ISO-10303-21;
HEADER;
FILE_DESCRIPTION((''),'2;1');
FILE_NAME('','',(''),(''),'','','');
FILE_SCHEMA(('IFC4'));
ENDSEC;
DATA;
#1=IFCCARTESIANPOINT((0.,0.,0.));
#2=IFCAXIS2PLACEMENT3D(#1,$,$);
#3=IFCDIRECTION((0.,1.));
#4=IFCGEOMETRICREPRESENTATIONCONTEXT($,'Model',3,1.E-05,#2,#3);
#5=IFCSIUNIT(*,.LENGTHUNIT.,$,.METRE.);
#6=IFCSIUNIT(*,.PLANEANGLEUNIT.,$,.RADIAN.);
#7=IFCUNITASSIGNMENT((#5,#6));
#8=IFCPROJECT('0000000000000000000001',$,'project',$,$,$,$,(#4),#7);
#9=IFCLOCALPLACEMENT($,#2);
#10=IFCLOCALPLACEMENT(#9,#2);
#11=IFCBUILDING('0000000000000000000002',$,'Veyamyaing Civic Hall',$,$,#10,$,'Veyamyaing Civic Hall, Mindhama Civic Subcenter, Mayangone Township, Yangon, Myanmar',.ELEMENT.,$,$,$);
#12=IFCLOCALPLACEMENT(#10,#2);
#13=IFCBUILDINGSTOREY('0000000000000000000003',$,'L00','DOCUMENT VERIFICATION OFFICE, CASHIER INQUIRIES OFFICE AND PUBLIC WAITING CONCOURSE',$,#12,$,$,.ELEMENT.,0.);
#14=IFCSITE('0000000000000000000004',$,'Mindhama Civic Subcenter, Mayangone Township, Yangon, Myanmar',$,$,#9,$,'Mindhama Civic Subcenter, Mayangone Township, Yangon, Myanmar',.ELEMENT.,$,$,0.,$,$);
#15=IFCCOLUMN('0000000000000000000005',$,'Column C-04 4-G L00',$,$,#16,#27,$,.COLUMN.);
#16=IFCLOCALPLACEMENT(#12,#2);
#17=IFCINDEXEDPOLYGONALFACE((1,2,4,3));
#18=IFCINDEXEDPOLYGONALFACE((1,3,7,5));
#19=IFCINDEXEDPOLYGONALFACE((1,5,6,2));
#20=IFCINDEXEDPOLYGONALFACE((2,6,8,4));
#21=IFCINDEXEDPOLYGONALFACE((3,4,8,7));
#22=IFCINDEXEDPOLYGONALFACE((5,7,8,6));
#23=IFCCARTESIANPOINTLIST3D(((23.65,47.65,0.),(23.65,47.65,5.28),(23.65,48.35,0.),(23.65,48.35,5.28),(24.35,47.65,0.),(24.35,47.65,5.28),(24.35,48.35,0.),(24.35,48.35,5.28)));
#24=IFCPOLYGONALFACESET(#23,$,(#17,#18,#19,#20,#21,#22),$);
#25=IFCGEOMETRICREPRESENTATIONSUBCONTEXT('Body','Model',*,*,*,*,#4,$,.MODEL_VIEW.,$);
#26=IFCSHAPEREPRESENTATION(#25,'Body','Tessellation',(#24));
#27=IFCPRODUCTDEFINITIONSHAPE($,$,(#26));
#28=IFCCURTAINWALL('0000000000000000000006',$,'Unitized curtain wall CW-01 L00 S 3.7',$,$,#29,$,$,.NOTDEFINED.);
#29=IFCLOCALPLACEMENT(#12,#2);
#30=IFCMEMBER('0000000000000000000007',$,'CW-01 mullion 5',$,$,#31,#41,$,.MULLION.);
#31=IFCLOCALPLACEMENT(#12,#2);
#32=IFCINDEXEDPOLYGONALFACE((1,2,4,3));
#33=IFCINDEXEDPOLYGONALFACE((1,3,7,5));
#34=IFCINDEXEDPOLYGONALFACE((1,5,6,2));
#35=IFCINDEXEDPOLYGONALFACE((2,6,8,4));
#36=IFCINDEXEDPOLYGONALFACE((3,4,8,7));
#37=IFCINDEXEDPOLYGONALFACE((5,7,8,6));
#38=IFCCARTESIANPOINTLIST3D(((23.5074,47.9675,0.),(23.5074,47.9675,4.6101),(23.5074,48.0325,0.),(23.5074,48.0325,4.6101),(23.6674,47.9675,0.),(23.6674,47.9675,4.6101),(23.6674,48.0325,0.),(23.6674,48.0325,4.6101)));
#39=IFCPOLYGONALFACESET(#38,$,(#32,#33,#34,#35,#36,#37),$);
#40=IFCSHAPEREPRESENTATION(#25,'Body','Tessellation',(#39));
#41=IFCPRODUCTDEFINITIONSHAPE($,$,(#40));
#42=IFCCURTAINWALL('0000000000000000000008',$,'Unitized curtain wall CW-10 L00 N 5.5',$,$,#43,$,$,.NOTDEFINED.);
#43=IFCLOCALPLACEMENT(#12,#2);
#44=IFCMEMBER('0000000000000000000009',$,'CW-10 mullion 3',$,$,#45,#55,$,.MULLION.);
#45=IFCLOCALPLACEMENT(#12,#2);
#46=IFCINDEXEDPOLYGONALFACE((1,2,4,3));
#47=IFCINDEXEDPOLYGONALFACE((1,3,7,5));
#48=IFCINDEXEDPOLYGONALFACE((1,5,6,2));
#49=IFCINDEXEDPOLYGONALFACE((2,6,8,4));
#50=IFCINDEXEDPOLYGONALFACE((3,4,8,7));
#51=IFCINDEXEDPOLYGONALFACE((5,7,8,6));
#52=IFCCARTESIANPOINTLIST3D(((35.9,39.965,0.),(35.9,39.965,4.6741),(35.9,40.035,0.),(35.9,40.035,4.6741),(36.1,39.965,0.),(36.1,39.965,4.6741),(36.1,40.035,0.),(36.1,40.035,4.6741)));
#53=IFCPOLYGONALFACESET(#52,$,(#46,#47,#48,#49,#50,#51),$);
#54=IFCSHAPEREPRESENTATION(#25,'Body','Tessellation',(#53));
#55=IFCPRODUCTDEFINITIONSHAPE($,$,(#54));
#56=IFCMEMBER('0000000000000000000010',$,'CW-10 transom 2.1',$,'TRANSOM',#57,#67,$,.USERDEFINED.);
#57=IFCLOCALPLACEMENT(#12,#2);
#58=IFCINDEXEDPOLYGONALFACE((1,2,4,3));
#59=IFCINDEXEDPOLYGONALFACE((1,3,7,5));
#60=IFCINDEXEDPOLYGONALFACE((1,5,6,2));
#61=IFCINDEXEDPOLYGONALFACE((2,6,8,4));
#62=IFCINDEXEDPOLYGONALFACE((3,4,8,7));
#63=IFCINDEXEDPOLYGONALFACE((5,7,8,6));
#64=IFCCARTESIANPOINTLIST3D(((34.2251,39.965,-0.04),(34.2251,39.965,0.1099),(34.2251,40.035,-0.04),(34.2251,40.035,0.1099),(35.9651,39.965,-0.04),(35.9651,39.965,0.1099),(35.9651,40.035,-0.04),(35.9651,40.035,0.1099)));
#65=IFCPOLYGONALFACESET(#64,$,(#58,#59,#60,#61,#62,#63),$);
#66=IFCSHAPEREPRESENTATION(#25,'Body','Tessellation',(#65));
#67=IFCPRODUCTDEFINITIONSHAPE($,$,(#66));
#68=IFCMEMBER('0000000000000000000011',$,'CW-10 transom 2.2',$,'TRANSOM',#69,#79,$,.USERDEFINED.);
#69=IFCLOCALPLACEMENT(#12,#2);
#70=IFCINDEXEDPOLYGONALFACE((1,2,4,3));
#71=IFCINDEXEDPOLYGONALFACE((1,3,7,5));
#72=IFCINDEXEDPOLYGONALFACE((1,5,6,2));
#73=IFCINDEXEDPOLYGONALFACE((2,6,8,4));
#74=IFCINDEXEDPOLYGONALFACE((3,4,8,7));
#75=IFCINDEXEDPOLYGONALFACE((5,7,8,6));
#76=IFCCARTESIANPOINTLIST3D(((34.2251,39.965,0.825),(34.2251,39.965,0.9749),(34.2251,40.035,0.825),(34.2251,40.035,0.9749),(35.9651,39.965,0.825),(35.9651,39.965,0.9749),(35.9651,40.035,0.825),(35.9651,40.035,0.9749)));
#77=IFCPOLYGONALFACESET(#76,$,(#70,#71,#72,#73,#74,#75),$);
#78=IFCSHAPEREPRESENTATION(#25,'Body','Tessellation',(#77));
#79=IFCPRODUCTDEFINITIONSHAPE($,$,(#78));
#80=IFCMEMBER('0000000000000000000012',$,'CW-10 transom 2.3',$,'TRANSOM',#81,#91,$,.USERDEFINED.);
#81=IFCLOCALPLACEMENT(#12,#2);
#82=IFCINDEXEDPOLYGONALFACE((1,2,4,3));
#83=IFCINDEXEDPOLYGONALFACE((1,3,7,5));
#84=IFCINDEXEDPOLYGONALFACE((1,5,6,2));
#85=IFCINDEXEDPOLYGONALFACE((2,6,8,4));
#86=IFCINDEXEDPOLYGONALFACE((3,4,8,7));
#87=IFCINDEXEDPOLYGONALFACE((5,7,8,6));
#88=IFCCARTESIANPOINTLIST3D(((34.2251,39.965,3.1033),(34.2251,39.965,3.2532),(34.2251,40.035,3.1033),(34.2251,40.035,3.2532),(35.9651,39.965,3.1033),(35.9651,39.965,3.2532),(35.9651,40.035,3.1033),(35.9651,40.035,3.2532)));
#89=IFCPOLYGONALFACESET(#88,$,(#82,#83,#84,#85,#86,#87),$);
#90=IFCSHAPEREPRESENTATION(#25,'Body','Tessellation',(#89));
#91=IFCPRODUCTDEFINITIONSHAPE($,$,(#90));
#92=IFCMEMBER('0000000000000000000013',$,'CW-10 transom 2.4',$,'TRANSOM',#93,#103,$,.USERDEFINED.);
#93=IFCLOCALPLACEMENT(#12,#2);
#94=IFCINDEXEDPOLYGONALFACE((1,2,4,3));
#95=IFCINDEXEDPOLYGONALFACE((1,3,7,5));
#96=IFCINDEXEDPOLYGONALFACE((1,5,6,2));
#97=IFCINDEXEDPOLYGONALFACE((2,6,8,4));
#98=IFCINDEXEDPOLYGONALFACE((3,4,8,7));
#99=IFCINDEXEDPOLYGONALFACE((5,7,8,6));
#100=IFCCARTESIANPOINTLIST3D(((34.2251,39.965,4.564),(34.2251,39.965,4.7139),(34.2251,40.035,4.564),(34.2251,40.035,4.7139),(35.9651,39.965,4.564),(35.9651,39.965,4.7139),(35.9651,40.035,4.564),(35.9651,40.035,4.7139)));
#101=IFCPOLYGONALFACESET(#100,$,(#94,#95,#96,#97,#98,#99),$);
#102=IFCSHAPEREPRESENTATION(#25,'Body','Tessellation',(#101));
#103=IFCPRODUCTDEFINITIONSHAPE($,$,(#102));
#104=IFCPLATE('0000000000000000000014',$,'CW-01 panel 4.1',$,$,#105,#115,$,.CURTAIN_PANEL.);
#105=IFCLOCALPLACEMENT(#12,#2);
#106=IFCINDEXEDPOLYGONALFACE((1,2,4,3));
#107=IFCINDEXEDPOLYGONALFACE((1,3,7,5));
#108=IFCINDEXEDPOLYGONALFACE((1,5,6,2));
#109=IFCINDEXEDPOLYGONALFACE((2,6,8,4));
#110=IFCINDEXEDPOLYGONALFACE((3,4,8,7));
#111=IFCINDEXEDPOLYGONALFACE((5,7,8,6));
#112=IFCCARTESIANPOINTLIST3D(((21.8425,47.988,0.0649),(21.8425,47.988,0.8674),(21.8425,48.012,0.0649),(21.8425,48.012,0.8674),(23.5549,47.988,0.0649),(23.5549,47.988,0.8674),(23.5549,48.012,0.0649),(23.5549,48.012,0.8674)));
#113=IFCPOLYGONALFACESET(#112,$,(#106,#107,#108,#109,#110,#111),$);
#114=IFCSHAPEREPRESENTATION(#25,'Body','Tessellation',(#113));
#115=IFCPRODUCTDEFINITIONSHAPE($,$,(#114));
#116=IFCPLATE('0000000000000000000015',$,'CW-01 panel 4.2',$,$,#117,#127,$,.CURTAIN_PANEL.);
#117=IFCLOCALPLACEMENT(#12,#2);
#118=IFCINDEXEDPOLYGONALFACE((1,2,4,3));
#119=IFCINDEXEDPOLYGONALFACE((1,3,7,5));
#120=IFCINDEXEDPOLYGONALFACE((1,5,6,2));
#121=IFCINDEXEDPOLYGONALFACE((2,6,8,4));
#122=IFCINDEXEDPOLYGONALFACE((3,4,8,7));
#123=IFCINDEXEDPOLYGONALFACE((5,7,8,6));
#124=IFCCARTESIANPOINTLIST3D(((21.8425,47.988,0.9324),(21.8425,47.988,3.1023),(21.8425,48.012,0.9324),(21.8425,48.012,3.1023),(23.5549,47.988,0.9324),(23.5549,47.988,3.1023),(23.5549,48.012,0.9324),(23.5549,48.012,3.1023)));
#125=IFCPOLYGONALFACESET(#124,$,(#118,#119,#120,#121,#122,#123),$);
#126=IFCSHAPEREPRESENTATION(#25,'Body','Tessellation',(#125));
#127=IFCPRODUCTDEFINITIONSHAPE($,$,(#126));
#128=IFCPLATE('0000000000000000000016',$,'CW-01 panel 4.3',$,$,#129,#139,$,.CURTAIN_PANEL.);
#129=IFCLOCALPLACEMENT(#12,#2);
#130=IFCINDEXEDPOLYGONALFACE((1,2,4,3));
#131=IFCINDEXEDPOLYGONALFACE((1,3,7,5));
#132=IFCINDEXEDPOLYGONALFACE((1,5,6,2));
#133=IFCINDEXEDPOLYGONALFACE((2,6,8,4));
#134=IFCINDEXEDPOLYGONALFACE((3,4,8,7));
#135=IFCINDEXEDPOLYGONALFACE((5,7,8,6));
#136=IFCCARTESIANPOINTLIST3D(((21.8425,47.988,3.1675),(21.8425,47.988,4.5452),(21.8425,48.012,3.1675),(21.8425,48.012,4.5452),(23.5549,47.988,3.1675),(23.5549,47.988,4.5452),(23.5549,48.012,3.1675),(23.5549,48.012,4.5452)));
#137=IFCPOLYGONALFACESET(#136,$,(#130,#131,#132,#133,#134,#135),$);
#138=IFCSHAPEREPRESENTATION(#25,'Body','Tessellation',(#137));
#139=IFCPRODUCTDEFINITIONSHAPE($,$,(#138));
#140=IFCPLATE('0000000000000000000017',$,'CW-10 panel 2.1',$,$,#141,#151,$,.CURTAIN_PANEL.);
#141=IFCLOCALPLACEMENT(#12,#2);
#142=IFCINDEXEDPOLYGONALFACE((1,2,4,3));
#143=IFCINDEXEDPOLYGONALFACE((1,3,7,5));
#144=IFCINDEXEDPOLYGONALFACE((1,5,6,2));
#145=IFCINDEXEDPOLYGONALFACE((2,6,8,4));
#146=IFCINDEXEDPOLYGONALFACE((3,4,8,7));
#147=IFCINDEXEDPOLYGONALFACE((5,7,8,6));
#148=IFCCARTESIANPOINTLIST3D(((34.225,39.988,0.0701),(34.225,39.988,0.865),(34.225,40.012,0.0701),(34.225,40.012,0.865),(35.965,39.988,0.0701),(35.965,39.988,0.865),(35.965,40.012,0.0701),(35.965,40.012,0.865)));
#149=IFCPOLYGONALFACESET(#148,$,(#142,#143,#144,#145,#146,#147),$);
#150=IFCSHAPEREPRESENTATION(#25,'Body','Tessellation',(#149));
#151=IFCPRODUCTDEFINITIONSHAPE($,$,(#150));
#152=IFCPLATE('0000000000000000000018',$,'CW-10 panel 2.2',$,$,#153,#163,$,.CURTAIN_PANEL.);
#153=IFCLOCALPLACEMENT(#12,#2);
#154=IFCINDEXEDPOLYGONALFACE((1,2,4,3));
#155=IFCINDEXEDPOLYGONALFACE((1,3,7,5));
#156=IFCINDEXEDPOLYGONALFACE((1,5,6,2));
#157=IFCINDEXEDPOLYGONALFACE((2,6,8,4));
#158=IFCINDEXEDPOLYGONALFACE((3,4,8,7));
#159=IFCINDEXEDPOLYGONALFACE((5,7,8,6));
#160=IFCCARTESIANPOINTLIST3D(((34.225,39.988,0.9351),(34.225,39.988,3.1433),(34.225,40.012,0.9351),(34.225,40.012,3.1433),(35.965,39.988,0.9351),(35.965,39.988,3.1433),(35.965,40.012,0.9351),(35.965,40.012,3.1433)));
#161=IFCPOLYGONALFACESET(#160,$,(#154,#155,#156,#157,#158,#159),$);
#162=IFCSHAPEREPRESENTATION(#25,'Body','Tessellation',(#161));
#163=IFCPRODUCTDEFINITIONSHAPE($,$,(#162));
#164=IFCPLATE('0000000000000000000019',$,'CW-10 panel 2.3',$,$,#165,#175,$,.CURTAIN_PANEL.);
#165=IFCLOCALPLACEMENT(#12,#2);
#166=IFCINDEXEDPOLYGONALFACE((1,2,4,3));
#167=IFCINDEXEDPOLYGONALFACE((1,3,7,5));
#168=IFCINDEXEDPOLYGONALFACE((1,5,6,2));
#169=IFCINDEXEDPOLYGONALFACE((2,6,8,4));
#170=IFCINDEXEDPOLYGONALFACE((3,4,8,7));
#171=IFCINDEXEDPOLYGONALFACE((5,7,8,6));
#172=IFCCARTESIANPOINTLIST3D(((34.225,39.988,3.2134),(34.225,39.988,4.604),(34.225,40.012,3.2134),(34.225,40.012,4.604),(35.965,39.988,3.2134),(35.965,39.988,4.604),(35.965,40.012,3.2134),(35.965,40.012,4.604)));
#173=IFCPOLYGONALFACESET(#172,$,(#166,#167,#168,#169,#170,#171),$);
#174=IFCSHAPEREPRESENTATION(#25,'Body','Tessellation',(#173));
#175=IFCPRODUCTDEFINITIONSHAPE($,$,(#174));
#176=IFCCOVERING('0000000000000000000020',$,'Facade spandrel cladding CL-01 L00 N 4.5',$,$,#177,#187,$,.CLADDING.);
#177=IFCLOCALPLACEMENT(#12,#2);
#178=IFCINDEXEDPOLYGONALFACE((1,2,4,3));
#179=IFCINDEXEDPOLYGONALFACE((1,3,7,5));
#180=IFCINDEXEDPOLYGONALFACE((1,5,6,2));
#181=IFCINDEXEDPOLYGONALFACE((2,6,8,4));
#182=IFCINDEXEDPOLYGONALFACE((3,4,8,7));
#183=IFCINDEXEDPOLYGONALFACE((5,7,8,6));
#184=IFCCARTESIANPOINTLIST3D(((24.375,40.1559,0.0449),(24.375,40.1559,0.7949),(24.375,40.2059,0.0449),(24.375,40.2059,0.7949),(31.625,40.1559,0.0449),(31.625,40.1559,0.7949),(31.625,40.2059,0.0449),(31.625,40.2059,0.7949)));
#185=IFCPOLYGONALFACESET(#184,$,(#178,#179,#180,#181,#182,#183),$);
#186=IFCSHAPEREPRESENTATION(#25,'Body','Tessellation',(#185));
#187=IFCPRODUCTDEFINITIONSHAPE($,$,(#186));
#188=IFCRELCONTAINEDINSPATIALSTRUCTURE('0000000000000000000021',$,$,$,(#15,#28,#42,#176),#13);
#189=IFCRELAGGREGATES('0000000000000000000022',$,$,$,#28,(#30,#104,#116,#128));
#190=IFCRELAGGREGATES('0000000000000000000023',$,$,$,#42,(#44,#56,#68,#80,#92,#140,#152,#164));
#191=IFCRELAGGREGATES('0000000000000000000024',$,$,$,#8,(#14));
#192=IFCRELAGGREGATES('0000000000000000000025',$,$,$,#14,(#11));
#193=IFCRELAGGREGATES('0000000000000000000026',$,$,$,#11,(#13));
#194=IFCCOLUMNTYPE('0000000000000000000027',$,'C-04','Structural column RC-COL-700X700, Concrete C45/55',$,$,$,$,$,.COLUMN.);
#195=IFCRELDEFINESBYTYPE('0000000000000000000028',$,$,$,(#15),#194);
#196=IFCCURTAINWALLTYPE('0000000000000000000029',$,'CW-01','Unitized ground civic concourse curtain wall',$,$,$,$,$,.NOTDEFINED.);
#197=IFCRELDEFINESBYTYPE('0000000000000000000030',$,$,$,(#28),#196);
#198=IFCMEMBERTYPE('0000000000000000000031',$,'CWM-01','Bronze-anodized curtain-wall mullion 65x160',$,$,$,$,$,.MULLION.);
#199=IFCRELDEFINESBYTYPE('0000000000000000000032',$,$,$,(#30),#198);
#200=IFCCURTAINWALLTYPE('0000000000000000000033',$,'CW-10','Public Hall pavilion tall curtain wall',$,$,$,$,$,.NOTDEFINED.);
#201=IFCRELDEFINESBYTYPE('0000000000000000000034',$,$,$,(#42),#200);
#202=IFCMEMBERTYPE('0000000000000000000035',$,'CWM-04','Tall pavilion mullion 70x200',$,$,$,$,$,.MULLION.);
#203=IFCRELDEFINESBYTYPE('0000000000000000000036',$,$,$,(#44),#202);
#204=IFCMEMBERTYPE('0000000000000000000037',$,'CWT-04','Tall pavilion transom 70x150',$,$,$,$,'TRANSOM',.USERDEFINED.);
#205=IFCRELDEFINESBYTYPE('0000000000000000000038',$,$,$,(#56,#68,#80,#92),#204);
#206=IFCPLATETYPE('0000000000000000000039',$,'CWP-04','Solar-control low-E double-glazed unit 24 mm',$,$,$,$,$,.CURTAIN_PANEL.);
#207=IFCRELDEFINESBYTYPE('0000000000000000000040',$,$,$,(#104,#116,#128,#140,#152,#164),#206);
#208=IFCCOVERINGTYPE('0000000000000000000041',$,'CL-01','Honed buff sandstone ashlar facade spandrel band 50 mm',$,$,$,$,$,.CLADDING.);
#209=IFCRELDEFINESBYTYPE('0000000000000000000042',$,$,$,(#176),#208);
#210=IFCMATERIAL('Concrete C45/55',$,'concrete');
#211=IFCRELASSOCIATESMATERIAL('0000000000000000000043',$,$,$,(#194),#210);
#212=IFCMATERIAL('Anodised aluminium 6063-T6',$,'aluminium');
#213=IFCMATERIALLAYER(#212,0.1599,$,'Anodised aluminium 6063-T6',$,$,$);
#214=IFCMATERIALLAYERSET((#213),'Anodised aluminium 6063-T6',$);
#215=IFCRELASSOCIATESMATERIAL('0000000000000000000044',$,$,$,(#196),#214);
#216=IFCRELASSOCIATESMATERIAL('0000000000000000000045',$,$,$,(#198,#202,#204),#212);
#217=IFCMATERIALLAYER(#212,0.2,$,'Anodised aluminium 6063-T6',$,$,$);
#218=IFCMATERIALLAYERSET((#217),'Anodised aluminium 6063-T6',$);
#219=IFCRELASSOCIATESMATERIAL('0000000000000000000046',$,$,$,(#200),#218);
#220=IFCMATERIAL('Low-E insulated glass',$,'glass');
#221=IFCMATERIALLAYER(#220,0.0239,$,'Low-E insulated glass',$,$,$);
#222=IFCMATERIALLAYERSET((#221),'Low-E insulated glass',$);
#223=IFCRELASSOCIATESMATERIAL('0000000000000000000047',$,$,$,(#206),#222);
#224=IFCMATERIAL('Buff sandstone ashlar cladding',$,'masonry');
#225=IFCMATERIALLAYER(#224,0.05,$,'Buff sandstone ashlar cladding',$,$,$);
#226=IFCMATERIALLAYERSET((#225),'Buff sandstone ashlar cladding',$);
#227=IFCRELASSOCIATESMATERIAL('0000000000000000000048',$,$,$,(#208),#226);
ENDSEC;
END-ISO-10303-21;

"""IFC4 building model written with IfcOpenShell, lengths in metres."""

from ifc_helpers import new_model, si_unit, direction, frame, origin, origin_2d, place, context, subcontext, project, spatial, rectangle, extrude, material, layer, layer_set, material_profile, profile_set, type_object, element, aggregate, save


model = new_model("IFC4")

# Units and contexts
model_context = context("Model", 3, precision=1e-05, world=origin(), true_north=direction((0.0, 1.0)))
body_context = subcontext(model_context, "Body", "Model", "MODEL_VIEW")
ifc_project = project(units=[si_unit("LENGTHUNIT", "METRE"), si_unit("PLANEANGLEUNIT", "RADIAN")], contexts=[model_context])

# Site, building, storey
site_placement = place(None, origin())
site = spatial("IfcSite", under=ifc_project, at=site_placement, Name="Mindhama Civic Subcenter, Mayangone Township, Yangon, Myanmar", LongName="Mindhama Civic Subcenter, Mayangone Township, Yangon, Myanmar", CompositionType="ELEMENT", RefElevation=0.0)
building_placement = place(site_placement, origin())
building = spatial("IfcBuilding", under=site, at=building_placement, Name="Veyamyaing Civic Hall", LongName="Veyamyaing Civic Hall, Mindhama Civic Subcenter, Mayangone Township, Yangon, Myanmar", CompositionType="ELEMENT")
storey_placement = place(building_placement, origin())
storey = spatial("IfcBuildingStorey", under=building, at=storey_placement, Name="L00", Description="DOCUMENT VERIFICATION OFFICE, CASHIER INQUIRIES OFFICE AND PUBLIC WAITING CONCOURSE", CompositionType="ELEMENT", Elevation=0.0)

# Column
ifc_material_1 = material(Name="Concrete C45/55", Category="concrete")
ifc_material_profile_1 = material_profile(ifc_material_1, rectangle(XDim=0.7, YDim=0.7, at=origin_2d()), Name="RC-COL-700X700")
ifc_profile_set_1 = profile_set([ifc_material_profile_1], Name="Concrete C45/55")
column_type = type_object("IfcColumnType", Name="C-04", Description="Structural column RC-COL-700X700, Concrete C45/55", PredefinedType="COLUMN", material=ifc_profile_set_1)
column_placement = place(storey_placement, frame((24.0, 48.0, 0.0), z_axis=(0.0, 0.0, 1.0), x_axis=(1.0, 0.0, 0.0)))
element("IfcColumn", 1, at=column_placement, inside=storey, type_object=column_type, Name="Column C-04 4-G L00", PredefinedType="COLUMN", context=body_context, shape_type="SweptSolid", body=[
    extrude(rectangle(XDim=0.7, YDim=0.7, at=origin_2d()), origin(), (0.0, 0.0, 1.0), 5.28),
])

# Curtain wall, member
ifc_material_2 = material(Name="Anodised aluminium 6063-T6", Category="aluminium")
ifc_layer_1 = layer(ifc_material_2, 0.1599, Name="Anodised aluminium 6063-T6")
ifc_layer_set_1 = layer_set([ifc_layer_1], Name="Anodised aluminium 6063-T6")
curtain_wall_type_1 = type_object("IfcCurtainWallType", Name="CW-01", Description="Unitized ground civic concourse curtain wall", PredefinedType="NOTDEFINED", material=ifc_layer_set_1)
curtain_wall_1_placement = place(storey_placement, origin())
curtain_wall_1 = element("IfcCurtainWall", 2, at=curtain_wall_1_placement, inside=storey, type_object=curtain_wall_type_1, Name="Unitized curtain wall CW-01 L00 S 3.7", PredefinedType="NOTDEFINED")
ifc_material_profile_2 = material_profile(ifc_material_2, rectangle(XDim=0.0649, YDim=0.1599, at=origin_2d()), Name="ALU-MUL-65X160")
ifc_profile_set_2 = profile_set([ifc_material_profile_2], Name="Anodised aluminium 6063-T6")
member_type_1 = type_object("IfcMemberType", Name="CWM-01", Description="Bronze-anodized curtain-wall mullion 65x160", PredefinedType="MULLION", material=ifc_profile_set_2)
member_1_placement = place(storey_placement, frame((23.5874, 48.0, 0.0), z_axis=(0.0, 0.0, 1.0), x_axis=(0.0, 1.0, 0.0)))
member_1 = element("IfcMember", 3, at=member_1_placement, type_object=member_type_1, Name="CW-01 mullion 5", PredefinedType="MULLION", context=body_context, shape_type="SweptSolid", body=[
    extrude(rectangle(XDim=0.0649, YDim=0.1599, at=origin_2d()), origin(), (0.0, 0.0, 1.0), 4.6101),
])

# Curtain wall, members
ifc_layer_2 = layer(ifc_material_2, 0.2, Name="Anodised aluminium 6063-T6")
ifc_layer_set_2 = layer_set([ifc_layer_2], Name="Anodised aluminium 6063-T6")
curtain_wall_type_2 = type_object("IfcCurtainWallType", Name="CW-10", Description="Public Hall pavilion tall curtain wall", PredefinedType="NOTDEFINED", material=ifc_layer_set_2)
curtain_wall_2_placement = place(storey_placement, origin())
curtain_wall_2 = element("IfcCurtainWall", 4, at=curtain_wall_2_placement, inside=storey, type_object=curtain_wall_type_2, Name="Unitized curtain wall CW-10 L00 N 5.5", PredefinedType="NOTDEFINED")
ifc_material_profile_3 = material_profile(ifc_material_2, rectangle(XDim=0.0701, YDim=0.2, at=origin_2d()), Name="ALU-MUL-70X200")
ifc_profile_set_3 = profile_set([ifc_material_profile_3], Name="Anodised aluminium 6063-T6")
member_type_2 = type_object("IfcMemberType", Name="CWM-04", Description="Tall pavilion mullion 70x200", PredefinedType="MULLION", material=ifc_profile_set_3)
member_2_placement = place(storey_placement, frame((36.0, 40.0, 0.0), z_axis=(0.0, 0.0, 1.0), x_axis=(0.0, 1.0, 0.0)))
member_2 = element("IfcMember", 5, at=member_2_placement, type_object=member_type_2, Name="CW-10 mullion 3", PredefinedType="MULLION", context=body_context, shape_type="SweptSolid", body=[
    extrude(rectangle(XDim=0.0701, YDim=0.2, at=origin_2d()), origin(), (0.0, 0.0, 1.0), 4.6741),
])
ifc_material_profile_4 = material_profile(ifc_material_2, rectangle(XDim=0.0701, YDim=0.1499, at=origin_2d()), Name="ALU-TRN-70X150")
ifc_profile_set_4 = profile_set([ifc_material_profile_4], Name="Anodised aluminium 6063-T6")
member_type_3 = type_object("IfcMemberType", Name="CWT-04", Description="Tall pavilion transom 70x150", ElementType="TRANSOM", PredefinedType="USERDEFINED", material=ifc_profile_set_4)
member_3_placement = place(storey_placement, frame((34.2251, 40.0, 0.0349), z_axis=(1.0, 0.0, 0.0), x_axis=(0.0, 1.0, 0.0)))
member_3 = element("IfcMember", 6, at=member_3_placement, type_object=member_type_3, Name="CW-10 transom 2.1", ObjectType="TRANSOM", PredefinedType="USERDEFINED", context=body_context, shape_type="SweptSolid", body=[
    extrude(rectangle(XDim=0.0701, YDim=0.1499, at=origin_2d()), origin(), (0.0, 0.0, 1.0), 1.74),
])
member_4_placement = place(storey_placement, frame((34.2251, 40.0, 0.8999), z_axis=(1.0, 0.0, 0.0), x_axis=(0.0, 1.0, 0.0)))
member_4 = element("IfcMember", 7, at=member_4_placement, type_object=member_type_3, Name="CW-10 transom 2.2", ObjectType="TRANSOM", PredefinedType="USERDEFINED", context=body_context, shape_type="SweptSolid", body=[
    extrude(rectangle(XDim=0.0701, YDim=0.1499, at=origin_2d()), origin(), (0.0, 0.0, 1.0), 1.74),
])
member_5_placement = place(storey_placement, frame((34.2251, 40.0, 3.1782), z_axis=(1.0, 0.0, 0.0), x_axis=(0.0, 1.0, 0.0)))
member_5 = element("IfcMember", 8, at=member_5_placement, type_object=member_type_3, Name="CW-10 transom 2.3", ObjectType="TRANSOM", PredefinedType="USERDEFINED", context=body_context, shape_type="SweptSolid", body=[
    extrude(rectangle(XDim=0.0701, YDim=0.1499, at=origin_2d()), origin(), (0.0, 0.0, 1.0), 1.74),
])
member_6_placement = place(storey_placement, frame((34.2251, 40.0, 4.6389), z_axis=(1.0, 0.0, 0.0), x_axis=(0.0, 1.0, 0.0)))
member_6 = element("IfcMember", 9, at=member_6_placement, type_object=member_type_3, Name="CW-10 transom 2.4", ObjectType="TRANSOM", PredefinedType="USERDEFINED", context=body_context, shape_type="SweptSolid", body=[
    extrude(rectangle(XDim=0.0701, YDim=0.1499, at=origin_2d()), origin(), (0.0, 0.0, 1.0), 1.74),
])

# Plates
ifc_material_3 = material(Name="Low-E insulated glass", Category="glass")
ifc_layer_3 = layer(ifc_material_3, 0.0239, Name="Low-E insulated glass")
ifc_layer_set_3 = layer_set([ifc_layer_3], Name="Low-E insulated glass")
plate_type = type_object("IfcPlateType", Name="CWP-04", Description="Solar-control low-E double-glazed unit 24 mm", PredefinedType="CURTAIN_PANEL", material=ifc_layer_set_3)
plate_1_placement = place(storey_placement, frame((22.6987, 48.0, 0.0649), z_axis=(0.0, 0.0, 1.0), x_axis=(1.0, 0.0, 0.0)))
plate_1 = element("IfcPlate", 10, at=plate_1_placement, type_object=plate_type, Name="CW-01 panel 4.1", PredefinedType="CURTAIN_PANEL", context=body_context, shape_type="SweptSolid", body=[
    extrude(rectangle(XDim=1.7124, YDim=0.0239, at=origin_2d()), origin(), (0.0, 0.0, 1.0), 0.8025),
])
plate_2_placement = place(storey_placement, frame((22.6987, 48.0, 0.9324), z_axis=(0.0, 0.0, 1.0), x_axis=(1.0, 0.0, 0.0)))
plate_2 = element("IfcPlate", 11, at=plate_2_placement, type_object=plate_type, Name="CW-01 panel 4.2", PredefinedType="CURTAIN_PANEL", context=body_context, shape_type="SweptSolid", body=[
    extrude(rectangle(XDim=1.7124, YDim=0.0239, at=origin_2d()), origin(), (0.0, 0.0, 1.0), 2.1699),
])
plate_3_placement = place(storey_placement, frame((22.6987, 48.0, 3.1675), z_axis=(0.0, 0.0, 1.0), x_axis=(1.0, 0.0, 0.0)))
plate_3 = element("IfcPlate", 12, at=plate_3_placement, type_object=plate_type, Name="CW-01 panel 4.3", PredefinedType="CURTAIN_PANEL", context=body_context, shape_type="SweptSolid", body=[
    extrude(rectangle(XDim=1.7124, YDim=0.0239, at=origin_2d()), origin(), (0.0, 0.0, 1.0), 1.3777),
])
aggregate(curtain_wall_1, [member_1, plate_1, plate_2, plate_3])
plate_4_placement = place(storey_placement, frame((35.095, 40.0, 0.0701), z_axis=(0.0, 0.0, 1.0), x_axis=(1.0, 0.0, 0.0)))
plate_4 = element("IfcPlate", 13, at=plate_4_placement, type_object=plate_type, Name="CW-10 panel 2.1", PredefinedType="CURTAIN_PANEL", context=body_context, shape_type="SweptSolid", body=[
    extrude(rectangle(XDim=1.74, YDim=0.0239, at=origin_2d()), origin(), (0.0, 0.0, 1.0), 0.7949),
])
plate_5_placement = place(storey_placement, frame((35.095, 40.0, 0.9351), z_axis=(0.0, 0.0, 1.0), x_axis=(1.0, 0.0, 0.0)))
plate_5 = element("IfcPlate", 14, at=plate_5_placement, type_object=plate_type, Name="CW-10 panel 2.2", PredefinedType="CURTAIN_PANEL", context=body_context, shape_type="SweptSolid", body=[
    extrude(rectangle(XDim=1.74, YDim=0.0239, at=origin_2d()), origin(), (0.0, 0.0, 1.0), 2.2083),
])
plate_6_placement = place(storey_placement, frame((35.095, 40.0, 3.2134), z_axis=(0.0, 0.0, 1.0), x_axis=(1.0, 0.0, 0.0)))
plate_6 = element("IfcPlate", 15, at=plate_6_placement, type_object=plate_type, Name="CW-10 panel 2.3", PredefinedType="CURTAIN_PANEL", context=body_context, shape_type="SweptSolid", body=[
    extrude(rectangle(XDim=1.74, YDim=0.0239, at=origin_2d()), origin(), (0.0, 0.0, 1.0), 1.3906),
])
aggregate(curtain_wall_2, [member_2, member_3, member_4, member_5, member_6, plate_4, plate_5, plate_6])

# Covering
ifc_material_4 = material(Name="Buff sandstone ashlar cladding", Category="masonry")
ifc_layer_4 = layer(ifc_material_4, 0.05, Name="Buff sandstone ashlar cladding")
ifc_layer_set_4 = layer_set([ifc_layer_4], Name="Buff sandstone ashlar cladding")
covering_type_1 = type_object("IfcCoveringType", Name="CL-01", Description="Honed buff sandstone ashlar facade spandrel band 50 mm", PredefinedType="CLADDING", material=ifc_layer_set_4)
covering_placement = place(storey_placement, frame((28.0, 40.1809, 0.0449), z_axis=(0.0, 0.0, 1.0), x_axis=(1.0, 0.0, 0.0)))
element("IfcCovering", 16, at=covering_placement, inside=storey, type_object=covering_type_1, Name="Facade spandrel cladding CL-01 L00 N 4.5", PredefinedType="CLADDING", context=body_context, shape_type="SweptSolid", body=[
    extrude(rectangle(XDim=7.25, YDim=0.05, at=origin_2d()), origin(), (0.0, 0.0, 1.0), 0.75),
])

save(model, "model.ifc")
